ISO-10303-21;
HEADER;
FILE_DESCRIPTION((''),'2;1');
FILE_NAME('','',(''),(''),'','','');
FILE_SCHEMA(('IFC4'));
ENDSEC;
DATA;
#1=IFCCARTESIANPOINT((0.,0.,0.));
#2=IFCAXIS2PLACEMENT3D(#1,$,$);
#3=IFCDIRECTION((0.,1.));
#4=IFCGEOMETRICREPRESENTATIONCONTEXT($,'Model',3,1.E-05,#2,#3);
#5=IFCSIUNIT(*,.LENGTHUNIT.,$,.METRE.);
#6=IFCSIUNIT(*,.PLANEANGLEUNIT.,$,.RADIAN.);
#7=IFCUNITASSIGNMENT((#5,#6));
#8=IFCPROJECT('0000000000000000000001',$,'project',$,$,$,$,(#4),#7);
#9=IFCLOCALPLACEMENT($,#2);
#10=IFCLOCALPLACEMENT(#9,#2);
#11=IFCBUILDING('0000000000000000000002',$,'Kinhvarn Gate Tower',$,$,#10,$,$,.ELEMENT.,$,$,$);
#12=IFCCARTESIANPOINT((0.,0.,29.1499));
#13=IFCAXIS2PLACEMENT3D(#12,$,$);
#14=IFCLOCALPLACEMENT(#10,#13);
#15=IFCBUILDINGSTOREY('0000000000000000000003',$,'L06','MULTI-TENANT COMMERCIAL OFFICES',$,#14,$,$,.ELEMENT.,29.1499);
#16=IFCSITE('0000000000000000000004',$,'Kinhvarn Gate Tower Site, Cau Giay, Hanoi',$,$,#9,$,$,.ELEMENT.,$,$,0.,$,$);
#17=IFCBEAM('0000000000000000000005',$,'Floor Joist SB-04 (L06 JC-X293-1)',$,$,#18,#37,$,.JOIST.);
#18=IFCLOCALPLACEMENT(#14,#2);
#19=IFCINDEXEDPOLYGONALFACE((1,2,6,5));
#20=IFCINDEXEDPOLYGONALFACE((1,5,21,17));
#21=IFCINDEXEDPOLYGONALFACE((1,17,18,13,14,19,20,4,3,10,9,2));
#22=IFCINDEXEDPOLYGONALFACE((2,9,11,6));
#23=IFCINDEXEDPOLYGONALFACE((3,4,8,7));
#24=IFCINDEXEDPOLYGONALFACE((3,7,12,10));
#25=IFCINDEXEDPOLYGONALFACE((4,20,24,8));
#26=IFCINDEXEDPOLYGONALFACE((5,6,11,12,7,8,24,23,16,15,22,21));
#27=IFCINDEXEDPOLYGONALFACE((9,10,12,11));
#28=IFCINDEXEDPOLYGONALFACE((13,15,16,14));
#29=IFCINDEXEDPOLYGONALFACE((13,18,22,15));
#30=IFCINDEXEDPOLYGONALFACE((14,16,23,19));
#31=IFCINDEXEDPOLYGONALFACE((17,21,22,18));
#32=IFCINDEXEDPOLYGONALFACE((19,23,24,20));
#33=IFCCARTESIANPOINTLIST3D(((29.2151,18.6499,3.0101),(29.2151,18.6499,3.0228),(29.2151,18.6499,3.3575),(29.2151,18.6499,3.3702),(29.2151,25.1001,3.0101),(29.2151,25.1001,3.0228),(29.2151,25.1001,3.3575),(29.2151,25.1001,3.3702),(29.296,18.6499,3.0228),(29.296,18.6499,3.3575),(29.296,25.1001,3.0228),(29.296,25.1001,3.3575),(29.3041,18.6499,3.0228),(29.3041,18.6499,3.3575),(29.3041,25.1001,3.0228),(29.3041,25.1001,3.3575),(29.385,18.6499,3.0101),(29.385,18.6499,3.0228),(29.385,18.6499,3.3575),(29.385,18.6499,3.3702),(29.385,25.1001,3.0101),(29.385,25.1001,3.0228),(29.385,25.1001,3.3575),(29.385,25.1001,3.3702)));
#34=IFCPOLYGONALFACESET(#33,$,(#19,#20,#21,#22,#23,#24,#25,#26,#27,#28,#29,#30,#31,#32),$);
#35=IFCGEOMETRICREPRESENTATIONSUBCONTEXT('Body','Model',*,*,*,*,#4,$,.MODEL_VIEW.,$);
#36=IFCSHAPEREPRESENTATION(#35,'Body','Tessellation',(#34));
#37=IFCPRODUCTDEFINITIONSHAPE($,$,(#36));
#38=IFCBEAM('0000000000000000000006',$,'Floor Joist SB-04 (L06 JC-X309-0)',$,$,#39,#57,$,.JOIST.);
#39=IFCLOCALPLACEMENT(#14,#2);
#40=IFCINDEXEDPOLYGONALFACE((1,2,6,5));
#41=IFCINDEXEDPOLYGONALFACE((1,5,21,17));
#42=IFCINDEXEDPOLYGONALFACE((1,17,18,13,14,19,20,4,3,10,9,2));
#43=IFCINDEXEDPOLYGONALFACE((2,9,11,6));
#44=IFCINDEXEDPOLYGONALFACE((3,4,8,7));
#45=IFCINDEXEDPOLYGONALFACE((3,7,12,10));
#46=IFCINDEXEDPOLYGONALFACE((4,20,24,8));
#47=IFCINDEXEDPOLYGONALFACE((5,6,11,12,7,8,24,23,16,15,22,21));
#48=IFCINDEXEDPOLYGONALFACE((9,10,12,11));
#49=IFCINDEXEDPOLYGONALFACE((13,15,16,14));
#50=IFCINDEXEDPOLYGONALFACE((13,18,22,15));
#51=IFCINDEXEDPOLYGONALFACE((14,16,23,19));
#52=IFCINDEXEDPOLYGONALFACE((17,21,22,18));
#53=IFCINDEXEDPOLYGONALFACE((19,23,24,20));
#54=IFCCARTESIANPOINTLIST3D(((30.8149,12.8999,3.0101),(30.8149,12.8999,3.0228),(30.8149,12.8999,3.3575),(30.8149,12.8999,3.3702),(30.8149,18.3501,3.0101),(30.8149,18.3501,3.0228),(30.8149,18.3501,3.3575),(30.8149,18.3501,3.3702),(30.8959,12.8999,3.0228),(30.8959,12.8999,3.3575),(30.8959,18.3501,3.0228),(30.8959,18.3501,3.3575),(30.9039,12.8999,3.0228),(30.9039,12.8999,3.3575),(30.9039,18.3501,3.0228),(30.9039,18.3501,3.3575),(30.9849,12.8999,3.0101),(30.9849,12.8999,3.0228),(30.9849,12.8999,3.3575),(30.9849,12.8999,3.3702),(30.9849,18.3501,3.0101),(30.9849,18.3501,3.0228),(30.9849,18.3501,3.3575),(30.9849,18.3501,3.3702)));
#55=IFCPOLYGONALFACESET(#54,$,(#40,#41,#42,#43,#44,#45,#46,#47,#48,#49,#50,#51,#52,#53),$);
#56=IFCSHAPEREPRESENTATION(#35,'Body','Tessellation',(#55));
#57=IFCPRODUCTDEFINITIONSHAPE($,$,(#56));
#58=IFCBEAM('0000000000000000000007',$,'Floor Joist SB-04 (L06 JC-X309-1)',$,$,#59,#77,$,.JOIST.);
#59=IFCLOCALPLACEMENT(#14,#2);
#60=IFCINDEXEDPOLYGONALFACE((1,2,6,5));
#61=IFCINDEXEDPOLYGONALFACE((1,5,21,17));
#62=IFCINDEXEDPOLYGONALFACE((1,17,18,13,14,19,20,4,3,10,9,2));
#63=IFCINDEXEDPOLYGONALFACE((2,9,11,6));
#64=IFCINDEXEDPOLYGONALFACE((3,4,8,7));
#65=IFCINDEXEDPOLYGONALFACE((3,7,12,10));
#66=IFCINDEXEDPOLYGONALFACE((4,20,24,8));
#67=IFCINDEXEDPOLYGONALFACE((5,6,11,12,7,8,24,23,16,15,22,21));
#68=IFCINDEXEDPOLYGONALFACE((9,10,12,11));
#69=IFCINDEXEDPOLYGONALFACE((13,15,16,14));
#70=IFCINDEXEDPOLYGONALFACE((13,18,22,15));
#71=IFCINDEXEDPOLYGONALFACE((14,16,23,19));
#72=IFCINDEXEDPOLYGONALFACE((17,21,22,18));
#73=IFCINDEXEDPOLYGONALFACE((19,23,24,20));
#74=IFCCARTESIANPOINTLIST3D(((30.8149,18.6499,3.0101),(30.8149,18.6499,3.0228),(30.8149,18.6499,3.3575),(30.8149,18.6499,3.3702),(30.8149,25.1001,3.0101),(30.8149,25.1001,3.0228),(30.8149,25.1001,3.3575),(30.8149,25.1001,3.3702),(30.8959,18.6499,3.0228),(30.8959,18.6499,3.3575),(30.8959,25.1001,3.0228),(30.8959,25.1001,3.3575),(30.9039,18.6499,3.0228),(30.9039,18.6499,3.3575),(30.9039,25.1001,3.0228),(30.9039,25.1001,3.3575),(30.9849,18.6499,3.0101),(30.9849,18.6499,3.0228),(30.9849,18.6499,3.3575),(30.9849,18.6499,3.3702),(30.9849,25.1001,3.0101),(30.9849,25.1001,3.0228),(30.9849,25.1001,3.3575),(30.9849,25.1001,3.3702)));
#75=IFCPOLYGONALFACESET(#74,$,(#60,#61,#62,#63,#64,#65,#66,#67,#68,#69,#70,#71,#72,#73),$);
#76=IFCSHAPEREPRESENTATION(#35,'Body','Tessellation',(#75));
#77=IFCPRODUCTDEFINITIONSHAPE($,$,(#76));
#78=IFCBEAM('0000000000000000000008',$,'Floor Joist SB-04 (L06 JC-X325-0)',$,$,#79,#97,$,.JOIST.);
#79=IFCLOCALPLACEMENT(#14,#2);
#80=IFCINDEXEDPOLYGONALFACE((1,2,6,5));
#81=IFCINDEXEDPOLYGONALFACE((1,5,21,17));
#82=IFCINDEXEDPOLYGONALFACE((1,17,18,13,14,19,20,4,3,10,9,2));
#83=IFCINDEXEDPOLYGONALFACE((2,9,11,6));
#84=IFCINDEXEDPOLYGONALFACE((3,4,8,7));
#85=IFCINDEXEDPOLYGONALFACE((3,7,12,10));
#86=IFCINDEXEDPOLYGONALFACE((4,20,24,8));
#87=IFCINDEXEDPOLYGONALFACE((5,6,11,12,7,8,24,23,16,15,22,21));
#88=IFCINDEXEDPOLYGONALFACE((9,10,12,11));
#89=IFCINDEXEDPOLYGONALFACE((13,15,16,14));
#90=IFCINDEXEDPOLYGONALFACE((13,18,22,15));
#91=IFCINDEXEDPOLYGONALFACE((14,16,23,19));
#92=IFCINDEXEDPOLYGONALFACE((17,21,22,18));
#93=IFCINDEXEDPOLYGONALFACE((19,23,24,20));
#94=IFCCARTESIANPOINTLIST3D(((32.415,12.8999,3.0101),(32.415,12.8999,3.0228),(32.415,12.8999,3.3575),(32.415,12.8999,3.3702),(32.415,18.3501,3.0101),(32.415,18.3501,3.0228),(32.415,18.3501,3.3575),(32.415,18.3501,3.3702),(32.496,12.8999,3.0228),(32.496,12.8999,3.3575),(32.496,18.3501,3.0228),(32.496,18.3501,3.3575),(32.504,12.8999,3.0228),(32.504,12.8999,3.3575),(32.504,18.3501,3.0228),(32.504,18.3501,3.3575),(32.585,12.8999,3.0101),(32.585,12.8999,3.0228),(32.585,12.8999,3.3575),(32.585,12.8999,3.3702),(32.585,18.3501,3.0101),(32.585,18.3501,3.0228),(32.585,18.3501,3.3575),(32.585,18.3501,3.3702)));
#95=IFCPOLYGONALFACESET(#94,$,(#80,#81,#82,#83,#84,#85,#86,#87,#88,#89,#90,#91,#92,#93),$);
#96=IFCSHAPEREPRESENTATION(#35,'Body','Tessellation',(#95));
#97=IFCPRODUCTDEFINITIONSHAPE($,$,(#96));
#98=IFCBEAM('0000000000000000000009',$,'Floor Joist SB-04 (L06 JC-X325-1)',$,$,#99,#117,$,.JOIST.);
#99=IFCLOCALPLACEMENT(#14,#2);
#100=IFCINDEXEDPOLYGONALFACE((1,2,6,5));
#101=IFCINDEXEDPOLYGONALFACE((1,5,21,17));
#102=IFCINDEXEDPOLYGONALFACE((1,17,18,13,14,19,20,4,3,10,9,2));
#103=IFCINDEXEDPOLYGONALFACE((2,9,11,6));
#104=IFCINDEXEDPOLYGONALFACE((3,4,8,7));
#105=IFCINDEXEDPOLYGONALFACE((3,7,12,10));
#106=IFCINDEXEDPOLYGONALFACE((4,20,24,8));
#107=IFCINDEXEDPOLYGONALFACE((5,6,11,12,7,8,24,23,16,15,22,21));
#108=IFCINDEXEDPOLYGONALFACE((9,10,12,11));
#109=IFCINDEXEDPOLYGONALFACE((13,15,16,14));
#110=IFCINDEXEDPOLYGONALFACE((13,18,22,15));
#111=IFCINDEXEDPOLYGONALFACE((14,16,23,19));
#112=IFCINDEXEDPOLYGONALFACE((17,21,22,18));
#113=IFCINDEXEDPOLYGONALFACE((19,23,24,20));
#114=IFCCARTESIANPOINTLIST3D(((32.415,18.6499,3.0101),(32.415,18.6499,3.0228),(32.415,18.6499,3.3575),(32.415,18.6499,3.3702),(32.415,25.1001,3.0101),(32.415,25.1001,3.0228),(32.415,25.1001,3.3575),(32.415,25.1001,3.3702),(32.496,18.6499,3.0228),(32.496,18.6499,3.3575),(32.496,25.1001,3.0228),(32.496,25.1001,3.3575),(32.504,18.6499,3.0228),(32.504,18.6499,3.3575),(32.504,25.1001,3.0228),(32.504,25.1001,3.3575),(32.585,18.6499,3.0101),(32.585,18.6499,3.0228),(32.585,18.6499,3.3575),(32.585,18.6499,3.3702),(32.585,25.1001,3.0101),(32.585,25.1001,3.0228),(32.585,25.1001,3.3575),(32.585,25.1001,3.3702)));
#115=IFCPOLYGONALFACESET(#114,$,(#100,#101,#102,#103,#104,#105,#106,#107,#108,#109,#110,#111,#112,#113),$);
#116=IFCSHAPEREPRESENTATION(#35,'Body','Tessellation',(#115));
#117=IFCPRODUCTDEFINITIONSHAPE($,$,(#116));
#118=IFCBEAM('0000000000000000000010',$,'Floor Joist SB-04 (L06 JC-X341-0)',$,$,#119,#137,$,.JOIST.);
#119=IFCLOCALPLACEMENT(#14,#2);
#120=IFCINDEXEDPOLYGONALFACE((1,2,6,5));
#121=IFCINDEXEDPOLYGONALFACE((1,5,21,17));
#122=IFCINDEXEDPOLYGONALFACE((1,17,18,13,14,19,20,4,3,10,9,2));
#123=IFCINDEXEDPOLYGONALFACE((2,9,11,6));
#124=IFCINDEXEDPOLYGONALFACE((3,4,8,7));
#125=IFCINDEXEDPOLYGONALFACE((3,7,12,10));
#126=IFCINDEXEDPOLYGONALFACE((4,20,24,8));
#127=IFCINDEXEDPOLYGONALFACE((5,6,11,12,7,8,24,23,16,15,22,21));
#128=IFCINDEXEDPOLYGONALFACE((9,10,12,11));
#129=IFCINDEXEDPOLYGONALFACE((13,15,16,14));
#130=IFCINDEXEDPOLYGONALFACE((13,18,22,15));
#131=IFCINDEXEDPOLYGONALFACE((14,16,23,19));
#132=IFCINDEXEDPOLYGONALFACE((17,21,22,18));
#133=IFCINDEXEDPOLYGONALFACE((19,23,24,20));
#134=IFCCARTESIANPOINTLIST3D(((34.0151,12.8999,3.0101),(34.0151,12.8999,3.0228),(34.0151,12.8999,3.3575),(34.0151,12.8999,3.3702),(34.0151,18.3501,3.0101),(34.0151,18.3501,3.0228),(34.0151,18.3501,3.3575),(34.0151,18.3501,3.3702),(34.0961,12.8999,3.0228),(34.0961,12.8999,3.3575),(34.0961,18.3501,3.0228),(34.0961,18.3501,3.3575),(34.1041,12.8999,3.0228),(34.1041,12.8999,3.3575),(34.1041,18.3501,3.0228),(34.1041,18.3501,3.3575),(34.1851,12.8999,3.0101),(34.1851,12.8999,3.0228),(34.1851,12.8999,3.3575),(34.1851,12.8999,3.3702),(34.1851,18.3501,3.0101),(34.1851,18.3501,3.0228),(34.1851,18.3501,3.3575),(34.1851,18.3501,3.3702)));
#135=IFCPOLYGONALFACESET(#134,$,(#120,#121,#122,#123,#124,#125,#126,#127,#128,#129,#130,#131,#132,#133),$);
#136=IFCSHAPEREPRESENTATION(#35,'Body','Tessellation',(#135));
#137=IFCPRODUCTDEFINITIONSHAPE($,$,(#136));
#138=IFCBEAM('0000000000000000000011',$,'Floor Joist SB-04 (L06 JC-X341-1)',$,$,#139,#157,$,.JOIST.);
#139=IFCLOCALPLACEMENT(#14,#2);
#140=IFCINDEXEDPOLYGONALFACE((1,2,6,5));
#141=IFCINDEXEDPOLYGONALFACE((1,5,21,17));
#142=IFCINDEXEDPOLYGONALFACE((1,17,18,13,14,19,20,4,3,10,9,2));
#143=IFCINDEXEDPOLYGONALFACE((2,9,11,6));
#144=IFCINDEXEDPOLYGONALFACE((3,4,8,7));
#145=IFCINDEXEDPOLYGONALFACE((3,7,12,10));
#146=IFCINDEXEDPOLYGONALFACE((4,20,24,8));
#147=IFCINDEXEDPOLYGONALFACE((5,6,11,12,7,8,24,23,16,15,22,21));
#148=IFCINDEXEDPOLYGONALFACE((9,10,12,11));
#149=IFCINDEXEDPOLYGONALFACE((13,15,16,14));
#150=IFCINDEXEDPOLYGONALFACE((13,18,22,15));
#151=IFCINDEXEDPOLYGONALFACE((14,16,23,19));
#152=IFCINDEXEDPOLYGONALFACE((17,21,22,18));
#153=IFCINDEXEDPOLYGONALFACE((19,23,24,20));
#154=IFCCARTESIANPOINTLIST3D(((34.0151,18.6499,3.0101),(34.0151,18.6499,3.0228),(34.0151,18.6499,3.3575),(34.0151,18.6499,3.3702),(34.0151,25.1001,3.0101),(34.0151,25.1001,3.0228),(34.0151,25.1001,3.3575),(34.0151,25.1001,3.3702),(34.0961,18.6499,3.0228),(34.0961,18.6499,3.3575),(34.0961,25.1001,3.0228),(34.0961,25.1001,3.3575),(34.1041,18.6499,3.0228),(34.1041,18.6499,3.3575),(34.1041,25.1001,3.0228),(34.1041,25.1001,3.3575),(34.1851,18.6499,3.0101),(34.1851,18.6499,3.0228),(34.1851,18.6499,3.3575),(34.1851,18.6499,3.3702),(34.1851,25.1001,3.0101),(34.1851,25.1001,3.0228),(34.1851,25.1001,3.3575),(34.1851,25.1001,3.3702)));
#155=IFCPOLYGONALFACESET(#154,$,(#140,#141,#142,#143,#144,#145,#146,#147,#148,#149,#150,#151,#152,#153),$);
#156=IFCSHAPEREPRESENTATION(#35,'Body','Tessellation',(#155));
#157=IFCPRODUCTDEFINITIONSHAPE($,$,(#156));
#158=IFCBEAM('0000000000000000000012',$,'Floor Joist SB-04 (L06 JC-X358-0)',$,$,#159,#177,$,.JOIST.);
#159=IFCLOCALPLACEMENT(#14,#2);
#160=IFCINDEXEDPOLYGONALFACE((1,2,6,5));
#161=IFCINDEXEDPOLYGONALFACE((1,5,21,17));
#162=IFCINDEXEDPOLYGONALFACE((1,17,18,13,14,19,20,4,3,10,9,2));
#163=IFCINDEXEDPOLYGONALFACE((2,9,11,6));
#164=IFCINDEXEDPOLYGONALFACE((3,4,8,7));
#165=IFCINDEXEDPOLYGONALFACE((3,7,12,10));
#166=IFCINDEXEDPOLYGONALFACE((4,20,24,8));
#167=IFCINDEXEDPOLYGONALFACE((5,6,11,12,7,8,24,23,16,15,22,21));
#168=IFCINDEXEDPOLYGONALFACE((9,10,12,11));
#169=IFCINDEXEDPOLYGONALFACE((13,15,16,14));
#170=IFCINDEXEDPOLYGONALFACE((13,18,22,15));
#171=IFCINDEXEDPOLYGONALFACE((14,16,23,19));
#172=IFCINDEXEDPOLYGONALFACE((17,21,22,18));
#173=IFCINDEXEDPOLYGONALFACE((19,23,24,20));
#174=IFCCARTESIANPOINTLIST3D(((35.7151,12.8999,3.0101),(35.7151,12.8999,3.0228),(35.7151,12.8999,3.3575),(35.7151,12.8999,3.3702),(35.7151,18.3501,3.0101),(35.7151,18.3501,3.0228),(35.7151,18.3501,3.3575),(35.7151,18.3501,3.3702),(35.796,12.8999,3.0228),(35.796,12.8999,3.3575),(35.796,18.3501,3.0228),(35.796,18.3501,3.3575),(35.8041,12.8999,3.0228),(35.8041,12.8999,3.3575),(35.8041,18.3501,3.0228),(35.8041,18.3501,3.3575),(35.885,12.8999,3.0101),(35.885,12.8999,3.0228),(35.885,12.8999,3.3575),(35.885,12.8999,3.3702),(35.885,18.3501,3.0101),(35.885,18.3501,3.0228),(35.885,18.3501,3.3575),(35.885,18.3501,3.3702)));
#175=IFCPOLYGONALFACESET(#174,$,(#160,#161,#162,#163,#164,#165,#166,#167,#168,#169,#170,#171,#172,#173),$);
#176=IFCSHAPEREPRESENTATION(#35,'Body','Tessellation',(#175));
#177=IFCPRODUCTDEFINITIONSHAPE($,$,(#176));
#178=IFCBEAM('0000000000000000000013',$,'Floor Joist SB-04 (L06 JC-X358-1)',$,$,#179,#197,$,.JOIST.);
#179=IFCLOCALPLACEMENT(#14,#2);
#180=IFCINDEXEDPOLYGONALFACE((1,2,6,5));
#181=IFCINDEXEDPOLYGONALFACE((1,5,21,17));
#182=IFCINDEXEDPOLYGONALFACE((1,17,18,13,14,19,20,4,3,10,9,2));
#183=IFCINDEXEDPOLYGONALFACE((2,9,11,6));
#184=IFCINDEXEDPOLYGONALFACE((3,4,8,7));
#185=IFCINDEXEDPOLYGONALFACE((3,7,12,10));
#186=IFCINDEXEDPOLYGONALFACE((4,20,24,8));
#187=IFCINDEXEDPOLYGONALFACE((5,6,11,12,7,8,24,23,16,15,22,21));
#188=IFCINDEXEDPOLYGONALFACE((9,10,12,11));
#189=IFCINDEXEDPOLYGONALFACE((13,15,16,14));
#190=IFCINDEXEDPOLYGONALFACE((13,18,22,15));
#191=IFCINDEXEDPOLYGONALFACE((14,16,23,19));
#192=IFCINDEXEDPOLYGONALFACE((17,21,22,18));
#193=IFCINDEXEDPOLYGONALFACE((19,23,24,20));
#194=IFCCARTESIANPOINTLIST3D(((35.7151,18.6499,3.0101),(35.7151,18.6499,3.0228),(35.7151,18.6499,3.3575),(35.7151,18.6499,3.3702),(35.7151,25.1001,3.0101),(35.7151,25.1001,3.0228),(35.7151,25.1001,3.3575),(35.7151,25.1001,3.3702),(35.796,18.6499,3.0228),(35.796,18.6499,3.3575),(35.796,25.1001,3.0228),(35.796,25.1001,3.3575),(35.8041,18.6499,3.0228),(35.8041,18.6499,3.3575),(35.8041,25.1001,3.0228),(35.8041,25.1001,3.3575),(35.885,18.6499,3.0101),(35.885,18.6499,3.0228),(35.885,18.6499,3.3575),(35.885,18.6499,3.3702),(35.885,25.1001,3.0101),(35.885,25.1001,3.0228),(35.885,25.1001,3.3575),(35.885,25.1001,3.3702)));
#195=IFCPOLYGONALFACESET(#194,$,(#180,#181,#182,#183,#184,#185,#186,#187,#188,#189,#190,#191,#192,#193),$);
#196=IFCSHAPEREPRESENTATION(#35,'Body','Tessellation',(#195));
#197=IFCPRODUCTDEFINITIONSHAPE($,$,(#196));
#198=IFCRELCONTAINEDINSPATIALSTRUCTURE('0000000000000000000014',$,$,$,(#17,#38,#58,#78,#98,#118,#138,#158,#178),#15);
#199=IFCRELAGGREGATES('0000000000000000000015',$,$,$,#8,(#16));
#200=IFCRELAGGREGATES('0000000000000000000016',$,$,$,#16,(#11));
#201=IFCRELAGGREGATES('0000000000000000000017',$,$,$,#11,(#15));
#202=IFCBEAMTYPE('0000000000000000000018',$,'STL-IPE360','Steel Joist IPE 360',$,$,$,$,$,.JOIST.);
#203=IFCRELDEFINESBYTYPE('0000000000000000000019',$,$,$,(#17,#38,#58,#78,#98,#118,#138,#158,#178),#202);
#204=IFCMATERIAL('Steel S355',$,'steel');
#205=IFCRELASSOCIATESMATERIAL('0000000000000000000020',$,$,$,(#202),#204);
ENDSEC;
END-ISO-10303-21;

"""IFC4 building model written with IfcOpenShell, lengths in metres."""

from ifc_helpers import new_model, si_unit, direction, frame, origin, origin_2d, place, context, subcontext, project, spatial, i_section, extrude, material, material_profile, profile_set, type_object, element, save


model = new_model("IFC4")

# Units and contexts
model_context = context("Model", 3, precision=1e-05, world=origin(), true_north=direction((0.0, 1.0)))
body_context = subcontext(model_context, "Body", "Model", "MODEL_VIEW")
ifc_project = project(units=[si_unit("LENGTHUNIT", "METRE"), si_unit("PLANEANGLEUNIT", "RADIAN")], contexts=[model_context])

# Site, building, storey
site_placement = place(None, origin())
site = spatial("IfcSite", under=ifc_project, at=site_placement, Name="Kinhvarn Gate Tower Site, Cau Giay, Hanoi", CompositionType="ELEMENT", RefElevation=0.0)
building_placement = place(site_placement, origin())
building = spatial("IfcBuilding", under=site, at=building_placement, Name="Kinhvarn Gate Tower", CompositionType="ELEMENT")
storey_placement = place(building_placement, frame((0.0, 0.0, 29.1499)))
storey = spatial("IfcBuildingStorey", under=building, at=storey_placement, Name="L06", Description="MULTI-TENANT COMMERCIAL OFFICES", CompositionType="ELEMENT", Elevation=29.1499)

# Beams
ifc_material_1 = material(Name="Steel S355", Category="steel")
ifc_material_profile_1 = material_profile(ifc_material_1, i_section(OverallWidth=0.1699, OverallDepth=0.3601, WebThickness=0.0081, FlangeThickness=0.0127, at=origin_2d()), Name="IPE 360")
ifc_profile_set_1 = profile_set([ifc_material_profile_1], Name="Steel S355")
beam_type_1 = type_object("IfcBeamType", Name="STL-IPE360", Description="Steel Joist IPE 360", PredefinedType="JOIST", material=ifc_profile_set_1)
beam_1_placement = place(storey_placement, frame((29.3, 18.6499, 3.1902), z_axis=(0.0, 1.0, 0.0), x_axis=(-1.0, 0.0, 0.0)))
element("IfcBeam", 1, at=beam_1_placement, inside=storey, type_object=beam_type_1, Name="Floor Joist SB-04 (L06 JC-X293-1)", PredefinedType="JOIST", context=body_context, shape_type="SweptSolid", body=[
    extrude(i_section(OverallWidth=0.1699, OverallDepth=0.3601, WebThickness=0.0081, FlangeThickness=0.0127, at=origin_2d()), origin(), (0.0, 0.0, 1.0), 6.4502),
])
beam_2_placement = place(storey_placement, frame((30.8999, 12.8999, 3.1902), z_axis=(0.0, 1.0, 0.0), x_axis=(-1.0, 0.0, 0.0)))
element("IfcBeam", 2, at=beam_2_placement, inside=storey, type_object=beam_type_1, Name="Floor Joist SB-04 (L06 JC-X309-0)", PredefinedType="JOIST", context=body_context, shape_type="SweptSolid", body=[
    extrude(i_section(OverallWidth=0.1699, OverallDepth=0.3601, WebThickness=0.0081, FlangeThickness=0.0127, at=origin_2d()), origin(), (0.0, 0.0, 1.0), 5.4502),
])
beam_3_placement = place(storey_placement, frame((30.8999, 18.6499, 3.1902), z_axis=(0.0, 1.0, 0.0), x_axis=(-1.0, 0.0, 0.0)))
element("IfcBeam", 3, at=beam_3_placement, inside=storey, type_object=beam_type_1, Name="Floor Joist SB-04 (L06 JC-X309-1)", PredefinedType="JOIST", context=body_context, shape_type="SweptSolid", body=[
    extrude(i_section(OverallWidth=0.1699, OverallDepth=0.3601, WebThickness=0.0081, FlangeThickness=0.0127, at=origin_2d()), origin(), (0.0, 0.0, 1.0), 6.4502),
])
beam_4_placement = place(storey_placement, frame((32.5, 12.8999, 3.1902), z_axis=(0.0, 1.0, 0.0), x_axis=(-1.0, 0.0, 0.0)))
element("IfcBeam", 4, at=beam_4_placement, inside=storey, type_object=beam_type_1, Name="Floor Joist SB-04 (L06 JC-X325-0)", PredefinedType="JOIST", context=body_context, shape_type="SweptSolid", body=[
    extrude(i_section(OverallWidth=0.1699, OverallDepth=0.3601, WebThickness=0.0081, FlangeThickness=0.0127, at=origin_2d()), origin(), (0.0, 0.0, 1.0), 5.4502),
])
beam_5_placement = place(storey_placement, frame((32.5, 18.6499, 3.1902), z_axis=(0.0, 1.0, 0.0), x_axis=(-1.0, 0.0, 0.0)))
element("IfcBeam", 5, at=beam_5_placement, inside=storey, type_object=beam_type_1, Name="Floor Joist SB-04 (L06 JC-X325-1)", PredefinedType="JOIST", context=body_context, shape_type="SweptSolid", body=[
    extrude(i_section(OverallWidth=0.1699, OverallDepth=0.3601, WebThickness=0.0081, FlangeThickness=0.0127, at=origin_2d()), origin(), (0.0, 0.0, 1.0), 6.4502),
])
beam_6_placement = place(storey_placement, frame((34.1001, 12.8999, 3.1902), z_axis=(0.0, 1.0, 0.0), x_axis=(-1.0, 0.0, 0.0)))
element("IfcBeam", 6, at=beam_6_placement, inside=storey, type_object=beam_type_1, Name="Floor Joist SB-04 (L06 JC-X341-0)", PredefinedType="JOIST", context=body_context, shape_type="SweptSolid", body=[
    extrude(i_section(OverallWidth=0.1699, OverallDepth=0.3601, WebThickness=0.0081, FlangeThickness=0.0127, at=origin_2d()), origin(), (0.0, 0.0, 1.0), 5.4502),
])
beam_7_placement = place(storey_placement, frame((34.1001, 18.6499, 3.1902), z_axis=(0.0, 1.0, 0.0), x_axis=(-1.0, 0.0, 0.0)))
element("IfcBeam", 7, at=beam_7_placement, inside=storey, type_object=beam_type_1, Name="Floor Joist SB-04 (L06 JC-X341-1)", PredefinedType="JOIST", context=body_context, shape_type="SweptSolid", body=[
    extrude(i_section(OverallWidth=0.1699, OverallDepth=0.3601, WebThickness=0.0081, FlangeThickness=0.0127, at=origin_2d()), origin(), (0.0, 0.0, 1.0), 6.4502),
])
beam_8_placement = place(storey_placement, frame((35.8, 12.8999, 3.1902), z_axis=(0.0, 1.0, 0.0), x_axis=(-1.0, 0.0, 0.0)))
element("IfcBeam", 8, at=beam_8_placement, inside=storey, type_object=beam_type_1, Name="Floor Joist SB-04 (L06 JC-X358-0)", PredefinedType="JOIST", context=body_context, shape_type="SweptSolid", body=[
    extrude(i_section(OverallWidth=0.1699, OverallDepth=0.3601, WebThickness=0.0081, FlangeThickness=0.0127, at=origin_2d()), origin(), (0.0, 0.0, 1.0), 5.4502),
])
beam_9_placement = place(storey_placement, frame((35.8, 18.6499, 3.1902), z_axis=(0.0, 1.0, 0.0), x_axis=(-1.0, 0.0, 0.0)))
element("IfcBeam", 9, at=beam_9_placement, inside=storey, type_object=beam_type_1, Name="Floor Joist SB-04 (L06 JC-X358-1)", PredefinedType="JOIST", context=body_context, shape_type="SweptSolid", body=[
    extrude(i_section(OverallWidth=0.1699, OverallDepth=0.3601, WebThickness=0.0081, FlangeThickness=0.0127, at=origin_2d()), origin(), (0.0, 0.0, 1.0), 6.4502),
])

save(model, "model.ifc")
